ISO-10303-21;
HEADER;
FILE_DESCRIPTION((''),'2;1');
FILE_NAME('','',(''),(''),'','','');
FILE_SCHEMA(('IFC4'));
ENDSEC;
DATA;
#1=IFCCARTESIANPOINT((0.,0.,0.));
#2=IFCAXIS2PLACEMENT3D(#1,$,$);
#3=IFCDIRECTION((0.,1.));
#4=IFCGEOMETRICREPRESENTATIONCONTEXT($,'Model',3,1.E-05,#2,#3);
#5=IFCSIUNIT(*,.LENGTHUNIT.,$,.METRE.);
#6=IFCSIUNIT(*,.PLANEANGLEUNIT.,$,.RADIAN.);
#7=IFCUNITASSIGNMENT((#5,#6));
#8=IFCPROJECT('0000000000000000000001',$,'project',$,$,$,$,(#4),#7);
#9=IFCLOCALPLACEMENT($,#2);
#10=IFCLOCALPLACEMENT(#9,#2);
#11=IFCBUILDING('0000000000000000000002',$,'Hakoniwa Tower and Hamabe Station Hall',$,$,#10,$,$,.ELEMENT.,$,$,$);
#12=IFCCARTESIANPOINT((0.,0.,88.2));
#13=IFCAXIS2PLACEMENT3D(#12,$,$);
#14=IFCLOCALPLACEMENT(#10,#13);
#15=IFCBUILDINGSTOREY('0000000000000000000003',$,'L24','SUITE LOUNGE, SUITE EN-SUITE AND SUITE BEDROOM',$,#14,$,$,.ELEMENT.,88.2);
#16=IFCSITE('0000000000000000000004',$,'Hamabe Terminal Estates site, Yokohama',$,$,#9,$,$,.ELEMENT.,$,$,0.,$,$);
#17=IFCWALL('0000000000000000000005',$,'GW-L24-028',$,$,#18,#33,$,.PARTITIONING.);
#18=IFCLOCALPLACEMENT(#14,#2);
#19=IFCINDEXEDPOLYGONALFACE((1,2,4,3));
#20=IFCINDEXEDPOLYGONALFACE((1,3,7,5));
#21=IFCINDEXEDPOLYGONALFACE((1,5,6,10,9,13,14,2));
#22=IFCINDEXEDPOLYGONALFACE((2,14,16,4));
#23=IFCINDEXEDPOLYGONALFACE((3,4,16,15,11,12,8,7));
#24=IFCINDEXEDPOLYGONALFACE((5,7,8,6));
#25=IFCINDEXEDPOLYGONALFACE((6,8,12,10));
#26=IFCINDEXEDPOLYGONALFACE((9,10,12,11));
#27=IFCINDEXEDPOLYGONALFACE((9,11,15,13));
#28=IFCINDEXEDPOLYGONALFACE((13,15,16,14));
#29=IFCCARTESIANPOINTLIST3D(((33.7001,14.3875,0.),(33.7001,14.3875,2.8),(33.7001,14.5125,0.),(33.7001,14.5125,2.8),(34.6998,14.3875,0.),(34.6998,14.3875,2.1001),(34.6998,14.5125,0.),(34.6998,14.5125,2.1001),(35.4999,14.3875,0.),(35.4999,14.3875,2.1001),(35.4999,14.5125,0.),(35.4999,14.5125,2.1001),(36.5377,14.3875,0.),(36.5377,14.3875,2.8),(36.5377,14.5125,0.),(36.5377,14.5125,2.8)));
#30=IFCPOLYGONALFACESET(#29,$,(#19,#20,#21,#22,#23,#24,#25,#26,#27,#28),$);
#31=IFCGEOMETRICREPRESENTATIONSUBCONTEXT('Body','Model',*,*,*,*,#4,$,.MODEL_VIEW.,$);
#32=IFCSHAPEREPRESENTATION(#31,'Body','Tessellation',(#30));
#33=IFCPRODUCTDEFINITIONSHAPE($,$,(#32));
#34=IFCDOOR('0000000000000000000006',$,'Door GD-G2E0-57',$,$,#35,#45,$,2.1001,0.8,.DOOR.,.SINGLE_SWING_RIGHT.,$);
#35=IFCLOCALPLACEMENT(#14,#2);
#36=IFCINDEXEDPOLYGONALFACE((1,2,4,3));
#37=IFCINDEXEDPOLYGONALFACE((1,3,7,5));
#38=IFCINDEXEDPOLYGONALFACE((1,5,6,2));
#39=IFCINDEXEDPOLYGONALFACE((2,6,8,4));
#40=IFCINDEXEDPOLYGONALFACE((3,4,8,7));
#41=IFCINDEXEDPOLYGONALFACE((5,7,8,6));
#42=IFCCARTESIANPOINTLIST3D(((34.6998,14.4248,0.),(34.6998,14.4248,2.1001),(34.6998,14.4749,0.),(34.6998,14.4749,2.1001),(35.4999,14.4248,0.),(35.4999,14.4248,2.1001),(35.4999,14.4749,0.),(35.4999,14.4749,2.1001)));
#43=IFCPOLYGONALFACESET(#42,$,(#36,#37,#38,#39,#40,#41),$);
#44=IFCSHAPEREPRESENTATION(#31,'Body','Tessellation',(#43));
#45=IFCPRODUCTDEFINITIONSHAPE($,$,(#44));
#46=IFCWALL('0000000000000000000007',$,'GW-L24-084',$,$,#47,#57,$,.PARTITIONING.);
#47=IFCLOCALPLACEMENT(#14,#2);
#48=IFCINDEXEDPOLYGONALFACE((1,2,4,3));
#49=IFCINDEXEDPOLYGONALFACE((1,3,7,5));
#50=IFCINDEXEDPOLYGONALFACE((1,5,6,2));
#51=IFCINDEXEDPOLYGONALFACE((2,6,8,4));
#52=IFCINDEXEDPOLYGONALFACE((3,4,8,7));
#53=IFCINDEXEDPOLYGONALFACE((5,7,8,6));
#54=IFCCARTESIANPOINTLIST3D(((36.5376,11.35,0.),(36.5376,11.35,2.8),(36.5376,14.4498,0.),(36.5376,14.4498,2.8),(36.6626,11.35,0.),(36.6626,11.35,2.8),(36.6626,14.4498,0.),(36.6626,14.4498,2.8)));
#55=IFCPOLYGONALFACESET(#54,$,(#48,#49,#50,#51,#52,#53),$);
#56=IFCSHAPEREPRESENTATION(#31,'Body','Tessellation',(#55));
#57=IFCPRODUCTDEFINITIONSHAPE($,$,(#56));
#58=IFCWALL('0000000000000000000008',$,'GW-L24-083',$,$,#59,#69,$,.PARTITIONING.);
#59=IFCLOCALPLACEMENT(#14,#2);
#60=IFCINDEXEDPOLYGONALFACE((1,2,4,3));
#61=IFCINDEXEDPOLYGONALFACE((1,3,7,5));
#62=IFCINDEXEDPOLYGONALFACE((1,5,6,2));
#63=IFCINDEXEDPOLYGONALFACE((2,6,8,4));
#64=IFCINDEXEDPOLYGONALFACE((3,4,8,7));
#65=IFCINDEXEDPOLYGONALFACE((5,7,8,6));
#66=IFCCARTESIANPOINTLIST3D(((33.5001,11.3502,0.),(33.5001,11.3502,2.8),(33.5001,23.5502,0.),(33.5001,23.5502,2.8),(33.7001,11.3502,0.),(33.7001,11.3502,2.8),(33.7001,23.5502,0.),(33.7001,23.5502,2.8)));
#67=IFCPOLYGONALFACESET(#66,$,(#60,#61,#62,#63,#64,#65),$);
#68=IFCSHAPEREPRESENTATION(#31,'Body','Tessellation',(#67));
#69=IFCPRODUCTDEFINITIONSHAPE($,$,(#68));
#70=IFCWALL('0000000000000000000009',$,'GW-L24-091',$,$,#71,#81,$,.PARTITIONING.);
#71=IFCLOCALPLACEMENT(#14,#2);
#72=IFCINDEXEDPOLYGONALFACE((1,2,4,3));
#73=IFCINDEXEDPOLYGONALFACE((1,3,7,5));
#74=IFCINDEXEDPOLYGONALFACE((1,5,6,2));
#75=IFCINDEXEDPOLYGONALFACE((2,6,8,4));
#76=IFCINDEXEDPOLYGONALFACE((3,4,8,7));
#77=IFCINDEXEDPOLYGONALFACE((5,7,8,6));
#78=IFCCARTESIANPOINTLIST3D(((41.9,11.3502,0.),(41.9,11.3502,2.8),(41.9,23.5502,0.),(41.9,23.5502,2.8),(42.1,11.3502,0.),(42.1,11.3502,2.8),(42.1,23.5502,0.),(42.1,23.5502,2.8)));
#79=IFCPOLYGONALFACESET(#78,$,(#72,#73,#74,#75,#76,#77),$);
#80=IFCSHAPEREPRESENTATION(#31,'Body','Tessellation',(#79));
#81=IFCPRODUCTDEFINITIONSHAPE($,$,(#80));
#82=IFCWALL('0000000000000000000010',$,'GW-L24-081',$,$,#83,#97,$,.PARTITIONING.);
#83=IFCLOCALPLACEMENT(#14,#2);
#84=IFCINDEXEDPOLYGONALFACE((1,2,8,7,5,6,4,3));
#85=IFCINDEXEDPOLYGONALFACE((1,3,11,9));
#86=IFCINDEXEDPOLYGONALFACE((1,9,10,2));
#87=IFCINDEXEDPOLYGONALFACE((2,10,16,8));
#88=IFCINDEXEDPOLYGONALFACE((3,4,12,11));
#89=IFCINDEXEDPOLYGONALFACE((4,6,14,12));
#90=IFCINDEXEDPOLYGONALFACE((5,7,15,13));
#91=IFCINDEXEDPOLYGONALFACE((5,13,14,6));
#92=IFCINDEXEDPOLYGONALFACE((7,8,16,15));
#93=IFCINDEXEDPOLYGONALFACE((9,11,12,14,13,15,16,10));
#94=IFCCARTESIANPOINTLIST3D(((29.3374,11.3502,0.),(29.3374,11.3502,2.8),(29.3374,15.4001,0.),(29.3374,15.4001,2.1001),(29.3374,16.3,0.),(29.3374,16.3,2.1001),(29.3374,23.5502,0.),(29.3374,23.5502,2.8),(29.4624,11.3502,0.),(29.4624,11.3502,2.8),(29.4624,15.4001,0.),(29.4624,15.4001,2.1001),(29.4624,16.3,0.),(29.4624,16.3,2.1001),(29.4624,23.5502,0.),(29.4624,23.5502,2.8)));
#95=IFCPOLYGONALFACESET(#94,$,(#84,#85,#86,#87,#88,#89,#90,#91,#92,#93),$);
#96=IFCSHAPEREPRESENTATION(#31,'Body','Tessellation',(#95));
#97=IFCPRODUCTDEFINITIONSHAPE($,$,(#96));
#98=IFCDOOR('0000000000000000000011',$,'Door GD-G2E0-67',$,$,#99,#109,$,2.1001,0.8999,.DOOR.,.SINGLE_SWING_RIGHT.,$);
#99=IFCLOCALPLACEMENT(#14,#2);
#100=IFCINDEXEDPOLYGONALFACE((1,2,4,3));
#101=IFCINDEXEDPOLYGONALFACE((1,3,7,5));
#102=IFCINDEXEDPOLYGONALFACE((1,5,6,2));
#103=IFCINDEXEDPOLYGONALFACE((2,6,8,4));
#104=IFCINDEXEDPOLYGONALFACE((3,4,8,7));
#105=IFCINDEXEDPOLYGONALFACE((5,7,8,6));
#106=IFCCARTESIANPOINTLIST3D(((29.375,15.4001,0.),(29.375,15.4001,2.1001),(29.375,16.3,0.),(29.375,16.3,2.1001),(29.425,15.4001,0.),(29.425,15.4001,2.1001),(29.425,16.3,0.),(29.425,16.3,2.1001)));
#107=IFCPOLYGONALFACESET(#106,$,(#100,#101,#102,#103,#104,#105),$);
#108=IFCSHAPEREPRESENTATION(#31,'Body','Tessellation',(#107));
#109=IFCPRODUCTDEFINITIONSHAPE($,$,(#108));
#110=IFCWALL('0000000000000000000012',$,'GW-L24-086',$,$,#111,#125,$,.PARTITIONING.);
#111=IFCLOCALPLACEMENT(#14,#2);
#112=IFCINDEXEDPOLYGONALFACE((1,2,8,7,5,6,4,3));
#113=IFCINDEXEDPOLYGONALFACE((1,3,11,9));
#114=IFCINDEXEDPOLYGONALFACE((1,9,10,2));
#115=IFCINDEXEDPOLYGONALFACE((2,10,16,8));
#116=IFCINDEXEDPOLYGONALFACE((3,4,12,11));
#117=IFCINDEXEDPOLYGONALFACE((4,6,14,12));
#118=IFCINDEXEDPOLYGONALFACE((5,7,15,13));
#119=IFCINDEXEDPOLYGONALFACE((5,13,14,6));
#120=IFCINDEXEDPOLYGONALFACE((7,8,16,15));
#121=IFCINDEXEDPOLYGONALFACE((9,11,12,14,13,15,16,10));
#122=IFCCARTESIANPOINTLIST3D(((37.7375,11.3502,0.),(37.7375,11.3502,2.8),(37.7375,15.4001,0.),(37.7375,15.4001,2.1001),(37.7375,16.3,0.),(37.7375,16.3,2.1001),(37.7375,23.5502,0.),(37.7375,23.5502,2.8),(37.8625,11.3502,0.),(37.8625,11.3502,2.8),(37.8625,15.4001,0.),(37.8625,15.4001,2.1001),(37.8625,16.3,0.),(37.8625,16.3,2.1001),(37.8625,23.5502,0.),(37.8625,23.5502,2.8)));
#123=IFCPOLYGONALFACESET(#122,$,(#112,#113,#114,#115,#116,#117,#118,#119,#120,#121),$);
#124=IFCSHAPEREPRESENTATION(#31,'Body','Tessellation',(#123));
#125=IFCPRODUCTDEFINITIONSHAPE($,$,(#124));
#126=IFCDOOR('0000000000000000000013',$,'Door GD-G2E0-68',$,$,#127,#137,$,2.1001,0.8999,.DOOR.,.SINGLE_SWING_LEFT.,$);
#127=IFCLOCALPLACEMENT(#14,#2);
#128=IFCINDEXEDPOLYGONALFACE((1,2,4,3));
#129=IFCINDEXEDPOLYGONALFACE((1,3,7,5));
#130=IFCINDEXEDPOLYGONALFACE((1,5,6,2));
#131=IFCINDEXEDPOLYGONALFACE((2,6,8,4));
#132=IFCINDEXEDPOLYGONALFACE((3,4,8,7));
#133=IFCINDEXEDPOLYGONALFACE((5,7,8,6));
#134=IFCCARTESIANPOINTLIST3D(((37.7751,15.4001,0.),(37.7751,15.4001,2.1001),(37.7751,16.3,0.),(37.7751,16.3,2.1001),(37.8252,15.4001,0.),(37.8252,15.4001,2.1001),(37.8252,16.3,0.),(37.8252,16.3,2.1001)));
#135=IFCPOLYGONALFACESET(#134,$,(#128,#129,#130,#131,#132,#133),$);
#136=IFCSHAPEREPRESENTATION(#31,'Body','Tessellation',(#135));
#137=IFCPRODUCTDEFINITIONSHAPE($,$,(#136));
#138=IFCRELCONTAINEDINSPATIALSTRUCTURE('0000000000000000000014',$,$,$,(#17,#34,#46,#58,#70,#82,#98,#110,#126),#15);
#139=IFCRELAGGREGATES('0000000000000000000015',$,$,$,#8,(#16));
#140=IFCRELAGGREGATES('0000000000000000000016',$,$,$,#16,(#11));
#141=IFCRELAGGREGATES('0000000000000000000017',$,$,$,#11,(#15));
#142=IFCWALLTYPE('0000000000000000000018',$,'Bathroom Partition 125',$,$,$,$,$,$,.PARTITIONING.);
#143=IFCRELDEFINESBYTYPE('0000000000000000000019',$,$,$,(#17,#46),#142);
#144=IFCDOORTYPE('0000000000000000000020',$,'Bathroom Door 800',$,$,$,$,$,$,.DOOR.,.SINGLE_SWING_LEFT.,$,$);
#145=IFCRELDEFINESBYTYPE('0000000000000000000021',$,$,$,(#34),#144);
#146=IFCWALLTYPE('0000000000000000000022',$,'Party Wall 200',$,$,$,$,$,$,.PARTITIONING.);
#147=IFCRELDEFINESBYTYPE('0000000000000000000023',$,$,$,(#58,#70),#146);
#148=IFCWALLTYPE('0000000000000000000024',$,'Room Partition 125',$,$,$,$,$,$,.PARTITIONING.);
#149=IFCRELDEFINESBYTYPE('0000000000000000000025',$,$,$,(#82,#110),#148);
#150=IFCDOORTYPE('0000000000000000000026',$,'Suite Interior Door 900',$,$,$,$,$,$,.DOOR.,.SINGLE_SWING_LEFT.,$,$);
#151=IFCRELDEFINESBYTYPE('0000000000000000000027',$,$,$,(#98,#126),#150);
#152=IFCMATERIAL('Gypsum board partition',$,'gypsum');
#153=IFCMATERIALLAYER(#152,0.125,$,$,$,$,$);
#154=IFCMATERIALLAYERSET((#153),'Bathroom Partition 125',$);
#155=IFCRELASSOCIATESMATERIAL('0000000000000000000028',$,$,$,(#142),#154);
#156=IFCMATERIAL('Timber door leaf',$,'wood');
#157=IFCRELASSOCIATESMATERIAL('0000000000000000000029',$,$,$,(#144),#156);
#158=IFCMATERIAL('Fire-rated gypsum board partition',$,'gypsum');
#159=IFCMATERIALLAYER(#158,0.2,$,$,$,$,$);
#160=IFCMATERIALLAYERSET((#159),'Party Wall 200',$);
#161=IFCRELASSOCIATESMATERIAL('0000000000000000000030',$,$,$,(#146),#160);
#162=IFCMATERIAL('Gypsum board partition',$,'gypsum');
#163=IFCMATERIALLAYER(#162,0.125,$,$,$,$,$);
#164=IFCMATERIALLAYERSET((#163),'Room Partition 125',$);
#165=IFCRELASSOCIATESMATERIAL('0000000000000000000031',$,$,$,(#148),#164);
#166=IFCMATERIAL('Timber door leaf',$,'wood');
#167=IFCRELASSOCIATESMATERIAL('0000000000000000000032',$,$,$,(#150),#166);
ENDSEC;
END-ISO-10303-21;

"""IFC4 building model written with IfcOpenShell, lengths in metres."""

from ifc_helpers import new_model, si_unit, direction, frame, frame_2d, origin, place, context, subcontext, project, spatial, rectangle, extrude, material, layer, layer_set, type_object, element, fill, save


model = new_model("IFC4")

# Units and contexts
model_context = context("Model", 3, precision=1e-05, world=origin(), true_north=direction((0.0, 1.0)))
body_context = subcontext(model_context, "Body", "Model", "MODEL_VIEW")
ifc_project = project(units=[si_unit("LENGTHUNIT", "METRE"), si_unit("PLANEANGLEUNIT", "RADIAN")], contexts=[model_context])

# Site, building, storey
site_placement = place(None, origin())
site = spatial("IfcSite", under=ifc_project, at=site_placement, Name="Hamabe Terminal Estates site, Yokohama", CompositionType="ELEMENT", RefElevation=0.0)
building_placement = place(site_placement, origin())
building = spatial("IfcBuilding", under=site, at=building_placement, Name="Hakoniwa Tower and Hamabe Station Hall", CompositionType="ELEMENT")
storey_placement = place(building_placement, frame((0.0, 0.0, 88.2)))
storey = spatial("IfcBuildingStorey", under=building, at=storey_placement, Name="L24", Description="SUITE LOUNGE, SUITE EN-SUITE AND SUITE BEDROOM", CompositionType="ELEMENT", Elevation=88.2)

# Wall, opening, door
ifc_material_1 = material(Name="Gypsum board partition", Category="gypsum")
ifc_layer_1 = layer(ifc_material_1, 0.125)
ifc_layer_set_1 = layer_set([ifc_layer_1], Name="Bathroom Partition 125")
wall_type_1 = type_object("IfcWallType", Name="Bathroom Partition 125", PredefinedType="PARTITIONING", material=ifc_layer_set_1)
ifc_material_2 = material(Name="Timber door leaf", Category="wood")
door_type_1 = type_object("IfcDoorType", Name="Bathroom Door 800", OperationType="SINGLE_SWING_LEFT", PredefinedType="DOOR", material=ifc_material_2)
wall_1_placement = place(storey_placement, frame((33.7, 14.45, 0.0), z_axis=(0.0, 0.0, 1.0), x_axis=(1.0, 0.0, 0.0)))
wall_1 = element("IfcWall", 1, at=wall_1_placement, inside=storey, type_object=wall_type_1, Name="GW-L24-028", PredefinedType="PARTITIONING", context=body_context, shape_type="SweptSolid", body=[
    extrude(rectangle(XDim=2.8376, YDim=0.125, at=frame_2d((1.4189, 0.0))), origin(), (0.0, 0.0, 1.0), 2.8),
])
opening_1_placement = place(wall_1_placement, frame((1.0, 0.0, 0.0)))
opening_1 = element("IfcOpeningElement", 2, at=opening_1_placement, cuts=wall_1, PredefinedType="OPENING", context=body_context, shape_type="SweptSolid", body=[
    extrude(rectangle(XDim=0.8, YDim=2.1001, at=frame_2d((0.3999, 1.05))), frame((0.0, 0.0725, 0.0), z_axis=(0.0, -1.0, 0.0), x_axis=(1.0, 0.0, 0.0)), (0.0, 0.0, 1.0), 0.145),
])
door_1_placement = place(opening_1_placement, origin())
door_1 = element("IfcDoor", 3, at=door_1_placement, inside=storey, type_object=door_type_1, Name="Door GD-G2E0-57", OperationType="SINGLE_SWING_RIGHT", OverallHeight=2.1001, OverallWidth=0.8, PredefinedType="DOOR", context=body_context, shape_type="SweptSolid", body=[
    extrude(rectangle(XDim=0.8, YDim=2.1001, at=frame_2d((0.3999, 1.05))), frame((0.0, 0.0249, 0.0), z_axis=(0.0, -1.0, 0.0), x_axis=(1.0, 0.0, 0.0)), (0.0, 0.0, 1.0), 0.05),
])
fill(opening_1, door_1)

# Walls
wall_2_placement = place(storey_placement, frame((36.6001, 11.3501, 0.0), z_axis=(0.0, 0.0, 1.0), x_axis=(0.0, 1.0, 0.0)))
element("IfcWall", 4, at=wall_2_placement, inside=storey, type_object=wall_type_1, Name="GW-L24-084", PredefinedType="PARTITIONING", context=body_context, shape_type="SweptSolid", body=[
    extrude(rectangle(XDim=3.0999, YDim=0.125, at=frame_2d((1.5498, 0.0))), origin(), (0.0, 0.0, 1.0), 2.8),
])
ifc_material_3 = material(Name="Fire-rated gypsum board partition", Category="gypsum")
ifc_layer_2 = layer(ifc_material_3, 0.2)
ifc_layer_set_2 = layer_set([ifc_layer_2], Name="Party Wall 200")
wall_type_2 = type_object("IfcWallType", Name="Party Wall 200", PredefinedType="PARTITIONING", material=ifc_layer_set_2)
for number, where, z_axis, x_axis, name in (
    (5, (33.6001, 11.3501, 0.0), (0.0, 0.0, 1.0), (0.0, 1.0, 0.0), "GW-L24-083"),
    (6, (42.0, 11.3501, 0.0), (0.0, 0.0, 1.0), (0.0, 1.0, 0.0), "GW-L24-091"),
):
    element("IfcWall", number, at=place(storey_placement, frame(where, z_axis=z_axis, x_axis=x_axis)), inside=storey, type_object=wall_type_2, Name=name, PredefinedType="PARTITIONING", context=body_context, shape_type="SweptSolid", body=[
        extrude(rectangle(XDim=12.2, YDim=0.2, at=frame_2d((6.1001, 0.0))), origin(), (0.0, 0.0, 1.0), 2.8),
    ])

# Walls, openings, doors
ifc_material_4 = material(Name="Gypsum board partition", Category="gypsum")
ifc_layer_3 = layer(ifc_material_4, 0.125)
ifc_layer_set_3 = layer_set([ifc_layer_3], Name="Room Partition 125")
wall_type_3 = type_object("IfcWallType", Name="Room Partition 125", PredefinedType="PARTITIONING", material=ifc_layer_set_3)
wall_3_placement = place(storey_placement, frame((29.3999, 11.3501, 0.0), z_axis=(0.0, 0.0, 1.0), x_axis=(0.0, 1.0, 0.0)))
wall_3 = element("IfcWall", 7, at=wall_3_placement, inside=storey, type_object=wall_type_3, Name="GW-L24-081", PredefinedType="PARTITIONING", context=body_context, shape_type="SweptSolid", body=[
    extrude(rectangle(XDim=12.2, YDim=0.125, at=frame_2d((6.1001, 0.0))), origin(), (0.0, 0.0, 1.0), 2.8),
])
opening_2_placement = place(wall_3_placement, frame((4.05, 0.0, 0.0)))
opening_2 = element("IfcOpeningElement", 8, at=opening_2_placement, cuts=wall_3, PredefinedType="OPENING", context=body_context, shape_type="SweptSolid", body=[
    extrude(rectangle(XDim=0.8999, YDim=2.1001, at=frame_2d((0.45, 1.05))), frame((0.0, 0.0725, 0.0), z_axis=(0.0, -1.0, 0.0), x_axis=(1.0, 0.0, 0.0)), (0.0, 0.0, 1.0), 0.145),
])
ifc_material_5 = material(Name="Timber door leaf", Category="wood")
door_type_2 = type_object("IfcDoorType", Name="Suite Interior Door 900", OperationType="SINGLE_SWING_LEFT", PredefinedType="DOOR", material=ifc_material_5)
door_2_placement = place(opening_2_placement, origin())
door_2 = element("IfcDoor", 9, at=door_2_placement, inside=storey, type_object=door_type_2, Name="Door GD-G2E0-67", OperationType="SINGLE_SWING_RIGHT", OverallHeight=2.1001, OverallWidth=0.8999, PredefinedType="DOOR", context=body_context, shape_type="SweptSolid", body=[
    extrude(rectangle(XDim=0.8999, YDim=2.1001, at=frame_2d((0.45, 1.05))), frame((0.0, 0.0249, 0.0), z_axis=(0.0, -1.0, 0.0), x_axis=(1.0, 0.0, 0.0)), (0.0, 0.0, 1.0), 0.05),
])
fill(opening_2, door_2)
wall_4_placement = place(storey_placement, frame((37.8, 11.3501, 0.0), z_axis=(0.0, 0.0, 1.0), x_axis=(0.0, 1.0, 0.0)))
wall_4 = element("IfcWall", 10, at=wall_4_placement, inside=storey, type_object=wall_type_3, Name="GW-L24-086", PredefinedType="PARTITIONING", context=body_context, shape_type="SweptSolid", body=[
    extrude(rectangle(XDim=12.2, YDim=0.125, at=frame_2d((6.1001, 0.0))), origin(), (0.0, 0.0, 1.0), 2.8),
])
opening_3_placement = place(wall_4_placement, frame((4.05, 0.0, 0.0)))
opening_3 = element("IfcOpeningElement", 11, at=opening_3_placement, cuts=wall_4, PredefinedType="OPENING", context=body_context, shape_type="SweptSolid", body=[
    extrude(rectangle(XDim=0.8999, YDim=2.1001, at=frame_2d((0.45, 1.05))), frame((0.0, 0.0725, 0.0), z_axis=(0.0, -1.0, 0.0), x_axis=(1.0, 0.0, 0.0)), (0.0, 0.0, 1.0), 0.145),
])
door_3_placement = place(opening_3_placement, origin())
door_3 = element("IfcDoor", 12, at=door_3_placement, inside=storey, type_object=door_type_2, Name="Door GD-G2E0-68", OperationType="SINGLE_SWING_LEFT", OverallHeight=2.1001, OverallWidth=0.8999, PredefinedType="DOOR", context=body_context, shape_type="SweptSolid", body=[
    extrude(rectangle(XDim=0.8999, YDim=2.1001, at=frame_2d((0.45, 1.05))), frame((0.0, 0.0249, 0.0), z_axis=(0.0, -1.0, 0.0), x_axis=(1.0, 0.0, 0.0)), (0.0, 0.0, 1.0), 0.05),
])
fill(opening_3, door_3)

save(model, "model.ifc")
